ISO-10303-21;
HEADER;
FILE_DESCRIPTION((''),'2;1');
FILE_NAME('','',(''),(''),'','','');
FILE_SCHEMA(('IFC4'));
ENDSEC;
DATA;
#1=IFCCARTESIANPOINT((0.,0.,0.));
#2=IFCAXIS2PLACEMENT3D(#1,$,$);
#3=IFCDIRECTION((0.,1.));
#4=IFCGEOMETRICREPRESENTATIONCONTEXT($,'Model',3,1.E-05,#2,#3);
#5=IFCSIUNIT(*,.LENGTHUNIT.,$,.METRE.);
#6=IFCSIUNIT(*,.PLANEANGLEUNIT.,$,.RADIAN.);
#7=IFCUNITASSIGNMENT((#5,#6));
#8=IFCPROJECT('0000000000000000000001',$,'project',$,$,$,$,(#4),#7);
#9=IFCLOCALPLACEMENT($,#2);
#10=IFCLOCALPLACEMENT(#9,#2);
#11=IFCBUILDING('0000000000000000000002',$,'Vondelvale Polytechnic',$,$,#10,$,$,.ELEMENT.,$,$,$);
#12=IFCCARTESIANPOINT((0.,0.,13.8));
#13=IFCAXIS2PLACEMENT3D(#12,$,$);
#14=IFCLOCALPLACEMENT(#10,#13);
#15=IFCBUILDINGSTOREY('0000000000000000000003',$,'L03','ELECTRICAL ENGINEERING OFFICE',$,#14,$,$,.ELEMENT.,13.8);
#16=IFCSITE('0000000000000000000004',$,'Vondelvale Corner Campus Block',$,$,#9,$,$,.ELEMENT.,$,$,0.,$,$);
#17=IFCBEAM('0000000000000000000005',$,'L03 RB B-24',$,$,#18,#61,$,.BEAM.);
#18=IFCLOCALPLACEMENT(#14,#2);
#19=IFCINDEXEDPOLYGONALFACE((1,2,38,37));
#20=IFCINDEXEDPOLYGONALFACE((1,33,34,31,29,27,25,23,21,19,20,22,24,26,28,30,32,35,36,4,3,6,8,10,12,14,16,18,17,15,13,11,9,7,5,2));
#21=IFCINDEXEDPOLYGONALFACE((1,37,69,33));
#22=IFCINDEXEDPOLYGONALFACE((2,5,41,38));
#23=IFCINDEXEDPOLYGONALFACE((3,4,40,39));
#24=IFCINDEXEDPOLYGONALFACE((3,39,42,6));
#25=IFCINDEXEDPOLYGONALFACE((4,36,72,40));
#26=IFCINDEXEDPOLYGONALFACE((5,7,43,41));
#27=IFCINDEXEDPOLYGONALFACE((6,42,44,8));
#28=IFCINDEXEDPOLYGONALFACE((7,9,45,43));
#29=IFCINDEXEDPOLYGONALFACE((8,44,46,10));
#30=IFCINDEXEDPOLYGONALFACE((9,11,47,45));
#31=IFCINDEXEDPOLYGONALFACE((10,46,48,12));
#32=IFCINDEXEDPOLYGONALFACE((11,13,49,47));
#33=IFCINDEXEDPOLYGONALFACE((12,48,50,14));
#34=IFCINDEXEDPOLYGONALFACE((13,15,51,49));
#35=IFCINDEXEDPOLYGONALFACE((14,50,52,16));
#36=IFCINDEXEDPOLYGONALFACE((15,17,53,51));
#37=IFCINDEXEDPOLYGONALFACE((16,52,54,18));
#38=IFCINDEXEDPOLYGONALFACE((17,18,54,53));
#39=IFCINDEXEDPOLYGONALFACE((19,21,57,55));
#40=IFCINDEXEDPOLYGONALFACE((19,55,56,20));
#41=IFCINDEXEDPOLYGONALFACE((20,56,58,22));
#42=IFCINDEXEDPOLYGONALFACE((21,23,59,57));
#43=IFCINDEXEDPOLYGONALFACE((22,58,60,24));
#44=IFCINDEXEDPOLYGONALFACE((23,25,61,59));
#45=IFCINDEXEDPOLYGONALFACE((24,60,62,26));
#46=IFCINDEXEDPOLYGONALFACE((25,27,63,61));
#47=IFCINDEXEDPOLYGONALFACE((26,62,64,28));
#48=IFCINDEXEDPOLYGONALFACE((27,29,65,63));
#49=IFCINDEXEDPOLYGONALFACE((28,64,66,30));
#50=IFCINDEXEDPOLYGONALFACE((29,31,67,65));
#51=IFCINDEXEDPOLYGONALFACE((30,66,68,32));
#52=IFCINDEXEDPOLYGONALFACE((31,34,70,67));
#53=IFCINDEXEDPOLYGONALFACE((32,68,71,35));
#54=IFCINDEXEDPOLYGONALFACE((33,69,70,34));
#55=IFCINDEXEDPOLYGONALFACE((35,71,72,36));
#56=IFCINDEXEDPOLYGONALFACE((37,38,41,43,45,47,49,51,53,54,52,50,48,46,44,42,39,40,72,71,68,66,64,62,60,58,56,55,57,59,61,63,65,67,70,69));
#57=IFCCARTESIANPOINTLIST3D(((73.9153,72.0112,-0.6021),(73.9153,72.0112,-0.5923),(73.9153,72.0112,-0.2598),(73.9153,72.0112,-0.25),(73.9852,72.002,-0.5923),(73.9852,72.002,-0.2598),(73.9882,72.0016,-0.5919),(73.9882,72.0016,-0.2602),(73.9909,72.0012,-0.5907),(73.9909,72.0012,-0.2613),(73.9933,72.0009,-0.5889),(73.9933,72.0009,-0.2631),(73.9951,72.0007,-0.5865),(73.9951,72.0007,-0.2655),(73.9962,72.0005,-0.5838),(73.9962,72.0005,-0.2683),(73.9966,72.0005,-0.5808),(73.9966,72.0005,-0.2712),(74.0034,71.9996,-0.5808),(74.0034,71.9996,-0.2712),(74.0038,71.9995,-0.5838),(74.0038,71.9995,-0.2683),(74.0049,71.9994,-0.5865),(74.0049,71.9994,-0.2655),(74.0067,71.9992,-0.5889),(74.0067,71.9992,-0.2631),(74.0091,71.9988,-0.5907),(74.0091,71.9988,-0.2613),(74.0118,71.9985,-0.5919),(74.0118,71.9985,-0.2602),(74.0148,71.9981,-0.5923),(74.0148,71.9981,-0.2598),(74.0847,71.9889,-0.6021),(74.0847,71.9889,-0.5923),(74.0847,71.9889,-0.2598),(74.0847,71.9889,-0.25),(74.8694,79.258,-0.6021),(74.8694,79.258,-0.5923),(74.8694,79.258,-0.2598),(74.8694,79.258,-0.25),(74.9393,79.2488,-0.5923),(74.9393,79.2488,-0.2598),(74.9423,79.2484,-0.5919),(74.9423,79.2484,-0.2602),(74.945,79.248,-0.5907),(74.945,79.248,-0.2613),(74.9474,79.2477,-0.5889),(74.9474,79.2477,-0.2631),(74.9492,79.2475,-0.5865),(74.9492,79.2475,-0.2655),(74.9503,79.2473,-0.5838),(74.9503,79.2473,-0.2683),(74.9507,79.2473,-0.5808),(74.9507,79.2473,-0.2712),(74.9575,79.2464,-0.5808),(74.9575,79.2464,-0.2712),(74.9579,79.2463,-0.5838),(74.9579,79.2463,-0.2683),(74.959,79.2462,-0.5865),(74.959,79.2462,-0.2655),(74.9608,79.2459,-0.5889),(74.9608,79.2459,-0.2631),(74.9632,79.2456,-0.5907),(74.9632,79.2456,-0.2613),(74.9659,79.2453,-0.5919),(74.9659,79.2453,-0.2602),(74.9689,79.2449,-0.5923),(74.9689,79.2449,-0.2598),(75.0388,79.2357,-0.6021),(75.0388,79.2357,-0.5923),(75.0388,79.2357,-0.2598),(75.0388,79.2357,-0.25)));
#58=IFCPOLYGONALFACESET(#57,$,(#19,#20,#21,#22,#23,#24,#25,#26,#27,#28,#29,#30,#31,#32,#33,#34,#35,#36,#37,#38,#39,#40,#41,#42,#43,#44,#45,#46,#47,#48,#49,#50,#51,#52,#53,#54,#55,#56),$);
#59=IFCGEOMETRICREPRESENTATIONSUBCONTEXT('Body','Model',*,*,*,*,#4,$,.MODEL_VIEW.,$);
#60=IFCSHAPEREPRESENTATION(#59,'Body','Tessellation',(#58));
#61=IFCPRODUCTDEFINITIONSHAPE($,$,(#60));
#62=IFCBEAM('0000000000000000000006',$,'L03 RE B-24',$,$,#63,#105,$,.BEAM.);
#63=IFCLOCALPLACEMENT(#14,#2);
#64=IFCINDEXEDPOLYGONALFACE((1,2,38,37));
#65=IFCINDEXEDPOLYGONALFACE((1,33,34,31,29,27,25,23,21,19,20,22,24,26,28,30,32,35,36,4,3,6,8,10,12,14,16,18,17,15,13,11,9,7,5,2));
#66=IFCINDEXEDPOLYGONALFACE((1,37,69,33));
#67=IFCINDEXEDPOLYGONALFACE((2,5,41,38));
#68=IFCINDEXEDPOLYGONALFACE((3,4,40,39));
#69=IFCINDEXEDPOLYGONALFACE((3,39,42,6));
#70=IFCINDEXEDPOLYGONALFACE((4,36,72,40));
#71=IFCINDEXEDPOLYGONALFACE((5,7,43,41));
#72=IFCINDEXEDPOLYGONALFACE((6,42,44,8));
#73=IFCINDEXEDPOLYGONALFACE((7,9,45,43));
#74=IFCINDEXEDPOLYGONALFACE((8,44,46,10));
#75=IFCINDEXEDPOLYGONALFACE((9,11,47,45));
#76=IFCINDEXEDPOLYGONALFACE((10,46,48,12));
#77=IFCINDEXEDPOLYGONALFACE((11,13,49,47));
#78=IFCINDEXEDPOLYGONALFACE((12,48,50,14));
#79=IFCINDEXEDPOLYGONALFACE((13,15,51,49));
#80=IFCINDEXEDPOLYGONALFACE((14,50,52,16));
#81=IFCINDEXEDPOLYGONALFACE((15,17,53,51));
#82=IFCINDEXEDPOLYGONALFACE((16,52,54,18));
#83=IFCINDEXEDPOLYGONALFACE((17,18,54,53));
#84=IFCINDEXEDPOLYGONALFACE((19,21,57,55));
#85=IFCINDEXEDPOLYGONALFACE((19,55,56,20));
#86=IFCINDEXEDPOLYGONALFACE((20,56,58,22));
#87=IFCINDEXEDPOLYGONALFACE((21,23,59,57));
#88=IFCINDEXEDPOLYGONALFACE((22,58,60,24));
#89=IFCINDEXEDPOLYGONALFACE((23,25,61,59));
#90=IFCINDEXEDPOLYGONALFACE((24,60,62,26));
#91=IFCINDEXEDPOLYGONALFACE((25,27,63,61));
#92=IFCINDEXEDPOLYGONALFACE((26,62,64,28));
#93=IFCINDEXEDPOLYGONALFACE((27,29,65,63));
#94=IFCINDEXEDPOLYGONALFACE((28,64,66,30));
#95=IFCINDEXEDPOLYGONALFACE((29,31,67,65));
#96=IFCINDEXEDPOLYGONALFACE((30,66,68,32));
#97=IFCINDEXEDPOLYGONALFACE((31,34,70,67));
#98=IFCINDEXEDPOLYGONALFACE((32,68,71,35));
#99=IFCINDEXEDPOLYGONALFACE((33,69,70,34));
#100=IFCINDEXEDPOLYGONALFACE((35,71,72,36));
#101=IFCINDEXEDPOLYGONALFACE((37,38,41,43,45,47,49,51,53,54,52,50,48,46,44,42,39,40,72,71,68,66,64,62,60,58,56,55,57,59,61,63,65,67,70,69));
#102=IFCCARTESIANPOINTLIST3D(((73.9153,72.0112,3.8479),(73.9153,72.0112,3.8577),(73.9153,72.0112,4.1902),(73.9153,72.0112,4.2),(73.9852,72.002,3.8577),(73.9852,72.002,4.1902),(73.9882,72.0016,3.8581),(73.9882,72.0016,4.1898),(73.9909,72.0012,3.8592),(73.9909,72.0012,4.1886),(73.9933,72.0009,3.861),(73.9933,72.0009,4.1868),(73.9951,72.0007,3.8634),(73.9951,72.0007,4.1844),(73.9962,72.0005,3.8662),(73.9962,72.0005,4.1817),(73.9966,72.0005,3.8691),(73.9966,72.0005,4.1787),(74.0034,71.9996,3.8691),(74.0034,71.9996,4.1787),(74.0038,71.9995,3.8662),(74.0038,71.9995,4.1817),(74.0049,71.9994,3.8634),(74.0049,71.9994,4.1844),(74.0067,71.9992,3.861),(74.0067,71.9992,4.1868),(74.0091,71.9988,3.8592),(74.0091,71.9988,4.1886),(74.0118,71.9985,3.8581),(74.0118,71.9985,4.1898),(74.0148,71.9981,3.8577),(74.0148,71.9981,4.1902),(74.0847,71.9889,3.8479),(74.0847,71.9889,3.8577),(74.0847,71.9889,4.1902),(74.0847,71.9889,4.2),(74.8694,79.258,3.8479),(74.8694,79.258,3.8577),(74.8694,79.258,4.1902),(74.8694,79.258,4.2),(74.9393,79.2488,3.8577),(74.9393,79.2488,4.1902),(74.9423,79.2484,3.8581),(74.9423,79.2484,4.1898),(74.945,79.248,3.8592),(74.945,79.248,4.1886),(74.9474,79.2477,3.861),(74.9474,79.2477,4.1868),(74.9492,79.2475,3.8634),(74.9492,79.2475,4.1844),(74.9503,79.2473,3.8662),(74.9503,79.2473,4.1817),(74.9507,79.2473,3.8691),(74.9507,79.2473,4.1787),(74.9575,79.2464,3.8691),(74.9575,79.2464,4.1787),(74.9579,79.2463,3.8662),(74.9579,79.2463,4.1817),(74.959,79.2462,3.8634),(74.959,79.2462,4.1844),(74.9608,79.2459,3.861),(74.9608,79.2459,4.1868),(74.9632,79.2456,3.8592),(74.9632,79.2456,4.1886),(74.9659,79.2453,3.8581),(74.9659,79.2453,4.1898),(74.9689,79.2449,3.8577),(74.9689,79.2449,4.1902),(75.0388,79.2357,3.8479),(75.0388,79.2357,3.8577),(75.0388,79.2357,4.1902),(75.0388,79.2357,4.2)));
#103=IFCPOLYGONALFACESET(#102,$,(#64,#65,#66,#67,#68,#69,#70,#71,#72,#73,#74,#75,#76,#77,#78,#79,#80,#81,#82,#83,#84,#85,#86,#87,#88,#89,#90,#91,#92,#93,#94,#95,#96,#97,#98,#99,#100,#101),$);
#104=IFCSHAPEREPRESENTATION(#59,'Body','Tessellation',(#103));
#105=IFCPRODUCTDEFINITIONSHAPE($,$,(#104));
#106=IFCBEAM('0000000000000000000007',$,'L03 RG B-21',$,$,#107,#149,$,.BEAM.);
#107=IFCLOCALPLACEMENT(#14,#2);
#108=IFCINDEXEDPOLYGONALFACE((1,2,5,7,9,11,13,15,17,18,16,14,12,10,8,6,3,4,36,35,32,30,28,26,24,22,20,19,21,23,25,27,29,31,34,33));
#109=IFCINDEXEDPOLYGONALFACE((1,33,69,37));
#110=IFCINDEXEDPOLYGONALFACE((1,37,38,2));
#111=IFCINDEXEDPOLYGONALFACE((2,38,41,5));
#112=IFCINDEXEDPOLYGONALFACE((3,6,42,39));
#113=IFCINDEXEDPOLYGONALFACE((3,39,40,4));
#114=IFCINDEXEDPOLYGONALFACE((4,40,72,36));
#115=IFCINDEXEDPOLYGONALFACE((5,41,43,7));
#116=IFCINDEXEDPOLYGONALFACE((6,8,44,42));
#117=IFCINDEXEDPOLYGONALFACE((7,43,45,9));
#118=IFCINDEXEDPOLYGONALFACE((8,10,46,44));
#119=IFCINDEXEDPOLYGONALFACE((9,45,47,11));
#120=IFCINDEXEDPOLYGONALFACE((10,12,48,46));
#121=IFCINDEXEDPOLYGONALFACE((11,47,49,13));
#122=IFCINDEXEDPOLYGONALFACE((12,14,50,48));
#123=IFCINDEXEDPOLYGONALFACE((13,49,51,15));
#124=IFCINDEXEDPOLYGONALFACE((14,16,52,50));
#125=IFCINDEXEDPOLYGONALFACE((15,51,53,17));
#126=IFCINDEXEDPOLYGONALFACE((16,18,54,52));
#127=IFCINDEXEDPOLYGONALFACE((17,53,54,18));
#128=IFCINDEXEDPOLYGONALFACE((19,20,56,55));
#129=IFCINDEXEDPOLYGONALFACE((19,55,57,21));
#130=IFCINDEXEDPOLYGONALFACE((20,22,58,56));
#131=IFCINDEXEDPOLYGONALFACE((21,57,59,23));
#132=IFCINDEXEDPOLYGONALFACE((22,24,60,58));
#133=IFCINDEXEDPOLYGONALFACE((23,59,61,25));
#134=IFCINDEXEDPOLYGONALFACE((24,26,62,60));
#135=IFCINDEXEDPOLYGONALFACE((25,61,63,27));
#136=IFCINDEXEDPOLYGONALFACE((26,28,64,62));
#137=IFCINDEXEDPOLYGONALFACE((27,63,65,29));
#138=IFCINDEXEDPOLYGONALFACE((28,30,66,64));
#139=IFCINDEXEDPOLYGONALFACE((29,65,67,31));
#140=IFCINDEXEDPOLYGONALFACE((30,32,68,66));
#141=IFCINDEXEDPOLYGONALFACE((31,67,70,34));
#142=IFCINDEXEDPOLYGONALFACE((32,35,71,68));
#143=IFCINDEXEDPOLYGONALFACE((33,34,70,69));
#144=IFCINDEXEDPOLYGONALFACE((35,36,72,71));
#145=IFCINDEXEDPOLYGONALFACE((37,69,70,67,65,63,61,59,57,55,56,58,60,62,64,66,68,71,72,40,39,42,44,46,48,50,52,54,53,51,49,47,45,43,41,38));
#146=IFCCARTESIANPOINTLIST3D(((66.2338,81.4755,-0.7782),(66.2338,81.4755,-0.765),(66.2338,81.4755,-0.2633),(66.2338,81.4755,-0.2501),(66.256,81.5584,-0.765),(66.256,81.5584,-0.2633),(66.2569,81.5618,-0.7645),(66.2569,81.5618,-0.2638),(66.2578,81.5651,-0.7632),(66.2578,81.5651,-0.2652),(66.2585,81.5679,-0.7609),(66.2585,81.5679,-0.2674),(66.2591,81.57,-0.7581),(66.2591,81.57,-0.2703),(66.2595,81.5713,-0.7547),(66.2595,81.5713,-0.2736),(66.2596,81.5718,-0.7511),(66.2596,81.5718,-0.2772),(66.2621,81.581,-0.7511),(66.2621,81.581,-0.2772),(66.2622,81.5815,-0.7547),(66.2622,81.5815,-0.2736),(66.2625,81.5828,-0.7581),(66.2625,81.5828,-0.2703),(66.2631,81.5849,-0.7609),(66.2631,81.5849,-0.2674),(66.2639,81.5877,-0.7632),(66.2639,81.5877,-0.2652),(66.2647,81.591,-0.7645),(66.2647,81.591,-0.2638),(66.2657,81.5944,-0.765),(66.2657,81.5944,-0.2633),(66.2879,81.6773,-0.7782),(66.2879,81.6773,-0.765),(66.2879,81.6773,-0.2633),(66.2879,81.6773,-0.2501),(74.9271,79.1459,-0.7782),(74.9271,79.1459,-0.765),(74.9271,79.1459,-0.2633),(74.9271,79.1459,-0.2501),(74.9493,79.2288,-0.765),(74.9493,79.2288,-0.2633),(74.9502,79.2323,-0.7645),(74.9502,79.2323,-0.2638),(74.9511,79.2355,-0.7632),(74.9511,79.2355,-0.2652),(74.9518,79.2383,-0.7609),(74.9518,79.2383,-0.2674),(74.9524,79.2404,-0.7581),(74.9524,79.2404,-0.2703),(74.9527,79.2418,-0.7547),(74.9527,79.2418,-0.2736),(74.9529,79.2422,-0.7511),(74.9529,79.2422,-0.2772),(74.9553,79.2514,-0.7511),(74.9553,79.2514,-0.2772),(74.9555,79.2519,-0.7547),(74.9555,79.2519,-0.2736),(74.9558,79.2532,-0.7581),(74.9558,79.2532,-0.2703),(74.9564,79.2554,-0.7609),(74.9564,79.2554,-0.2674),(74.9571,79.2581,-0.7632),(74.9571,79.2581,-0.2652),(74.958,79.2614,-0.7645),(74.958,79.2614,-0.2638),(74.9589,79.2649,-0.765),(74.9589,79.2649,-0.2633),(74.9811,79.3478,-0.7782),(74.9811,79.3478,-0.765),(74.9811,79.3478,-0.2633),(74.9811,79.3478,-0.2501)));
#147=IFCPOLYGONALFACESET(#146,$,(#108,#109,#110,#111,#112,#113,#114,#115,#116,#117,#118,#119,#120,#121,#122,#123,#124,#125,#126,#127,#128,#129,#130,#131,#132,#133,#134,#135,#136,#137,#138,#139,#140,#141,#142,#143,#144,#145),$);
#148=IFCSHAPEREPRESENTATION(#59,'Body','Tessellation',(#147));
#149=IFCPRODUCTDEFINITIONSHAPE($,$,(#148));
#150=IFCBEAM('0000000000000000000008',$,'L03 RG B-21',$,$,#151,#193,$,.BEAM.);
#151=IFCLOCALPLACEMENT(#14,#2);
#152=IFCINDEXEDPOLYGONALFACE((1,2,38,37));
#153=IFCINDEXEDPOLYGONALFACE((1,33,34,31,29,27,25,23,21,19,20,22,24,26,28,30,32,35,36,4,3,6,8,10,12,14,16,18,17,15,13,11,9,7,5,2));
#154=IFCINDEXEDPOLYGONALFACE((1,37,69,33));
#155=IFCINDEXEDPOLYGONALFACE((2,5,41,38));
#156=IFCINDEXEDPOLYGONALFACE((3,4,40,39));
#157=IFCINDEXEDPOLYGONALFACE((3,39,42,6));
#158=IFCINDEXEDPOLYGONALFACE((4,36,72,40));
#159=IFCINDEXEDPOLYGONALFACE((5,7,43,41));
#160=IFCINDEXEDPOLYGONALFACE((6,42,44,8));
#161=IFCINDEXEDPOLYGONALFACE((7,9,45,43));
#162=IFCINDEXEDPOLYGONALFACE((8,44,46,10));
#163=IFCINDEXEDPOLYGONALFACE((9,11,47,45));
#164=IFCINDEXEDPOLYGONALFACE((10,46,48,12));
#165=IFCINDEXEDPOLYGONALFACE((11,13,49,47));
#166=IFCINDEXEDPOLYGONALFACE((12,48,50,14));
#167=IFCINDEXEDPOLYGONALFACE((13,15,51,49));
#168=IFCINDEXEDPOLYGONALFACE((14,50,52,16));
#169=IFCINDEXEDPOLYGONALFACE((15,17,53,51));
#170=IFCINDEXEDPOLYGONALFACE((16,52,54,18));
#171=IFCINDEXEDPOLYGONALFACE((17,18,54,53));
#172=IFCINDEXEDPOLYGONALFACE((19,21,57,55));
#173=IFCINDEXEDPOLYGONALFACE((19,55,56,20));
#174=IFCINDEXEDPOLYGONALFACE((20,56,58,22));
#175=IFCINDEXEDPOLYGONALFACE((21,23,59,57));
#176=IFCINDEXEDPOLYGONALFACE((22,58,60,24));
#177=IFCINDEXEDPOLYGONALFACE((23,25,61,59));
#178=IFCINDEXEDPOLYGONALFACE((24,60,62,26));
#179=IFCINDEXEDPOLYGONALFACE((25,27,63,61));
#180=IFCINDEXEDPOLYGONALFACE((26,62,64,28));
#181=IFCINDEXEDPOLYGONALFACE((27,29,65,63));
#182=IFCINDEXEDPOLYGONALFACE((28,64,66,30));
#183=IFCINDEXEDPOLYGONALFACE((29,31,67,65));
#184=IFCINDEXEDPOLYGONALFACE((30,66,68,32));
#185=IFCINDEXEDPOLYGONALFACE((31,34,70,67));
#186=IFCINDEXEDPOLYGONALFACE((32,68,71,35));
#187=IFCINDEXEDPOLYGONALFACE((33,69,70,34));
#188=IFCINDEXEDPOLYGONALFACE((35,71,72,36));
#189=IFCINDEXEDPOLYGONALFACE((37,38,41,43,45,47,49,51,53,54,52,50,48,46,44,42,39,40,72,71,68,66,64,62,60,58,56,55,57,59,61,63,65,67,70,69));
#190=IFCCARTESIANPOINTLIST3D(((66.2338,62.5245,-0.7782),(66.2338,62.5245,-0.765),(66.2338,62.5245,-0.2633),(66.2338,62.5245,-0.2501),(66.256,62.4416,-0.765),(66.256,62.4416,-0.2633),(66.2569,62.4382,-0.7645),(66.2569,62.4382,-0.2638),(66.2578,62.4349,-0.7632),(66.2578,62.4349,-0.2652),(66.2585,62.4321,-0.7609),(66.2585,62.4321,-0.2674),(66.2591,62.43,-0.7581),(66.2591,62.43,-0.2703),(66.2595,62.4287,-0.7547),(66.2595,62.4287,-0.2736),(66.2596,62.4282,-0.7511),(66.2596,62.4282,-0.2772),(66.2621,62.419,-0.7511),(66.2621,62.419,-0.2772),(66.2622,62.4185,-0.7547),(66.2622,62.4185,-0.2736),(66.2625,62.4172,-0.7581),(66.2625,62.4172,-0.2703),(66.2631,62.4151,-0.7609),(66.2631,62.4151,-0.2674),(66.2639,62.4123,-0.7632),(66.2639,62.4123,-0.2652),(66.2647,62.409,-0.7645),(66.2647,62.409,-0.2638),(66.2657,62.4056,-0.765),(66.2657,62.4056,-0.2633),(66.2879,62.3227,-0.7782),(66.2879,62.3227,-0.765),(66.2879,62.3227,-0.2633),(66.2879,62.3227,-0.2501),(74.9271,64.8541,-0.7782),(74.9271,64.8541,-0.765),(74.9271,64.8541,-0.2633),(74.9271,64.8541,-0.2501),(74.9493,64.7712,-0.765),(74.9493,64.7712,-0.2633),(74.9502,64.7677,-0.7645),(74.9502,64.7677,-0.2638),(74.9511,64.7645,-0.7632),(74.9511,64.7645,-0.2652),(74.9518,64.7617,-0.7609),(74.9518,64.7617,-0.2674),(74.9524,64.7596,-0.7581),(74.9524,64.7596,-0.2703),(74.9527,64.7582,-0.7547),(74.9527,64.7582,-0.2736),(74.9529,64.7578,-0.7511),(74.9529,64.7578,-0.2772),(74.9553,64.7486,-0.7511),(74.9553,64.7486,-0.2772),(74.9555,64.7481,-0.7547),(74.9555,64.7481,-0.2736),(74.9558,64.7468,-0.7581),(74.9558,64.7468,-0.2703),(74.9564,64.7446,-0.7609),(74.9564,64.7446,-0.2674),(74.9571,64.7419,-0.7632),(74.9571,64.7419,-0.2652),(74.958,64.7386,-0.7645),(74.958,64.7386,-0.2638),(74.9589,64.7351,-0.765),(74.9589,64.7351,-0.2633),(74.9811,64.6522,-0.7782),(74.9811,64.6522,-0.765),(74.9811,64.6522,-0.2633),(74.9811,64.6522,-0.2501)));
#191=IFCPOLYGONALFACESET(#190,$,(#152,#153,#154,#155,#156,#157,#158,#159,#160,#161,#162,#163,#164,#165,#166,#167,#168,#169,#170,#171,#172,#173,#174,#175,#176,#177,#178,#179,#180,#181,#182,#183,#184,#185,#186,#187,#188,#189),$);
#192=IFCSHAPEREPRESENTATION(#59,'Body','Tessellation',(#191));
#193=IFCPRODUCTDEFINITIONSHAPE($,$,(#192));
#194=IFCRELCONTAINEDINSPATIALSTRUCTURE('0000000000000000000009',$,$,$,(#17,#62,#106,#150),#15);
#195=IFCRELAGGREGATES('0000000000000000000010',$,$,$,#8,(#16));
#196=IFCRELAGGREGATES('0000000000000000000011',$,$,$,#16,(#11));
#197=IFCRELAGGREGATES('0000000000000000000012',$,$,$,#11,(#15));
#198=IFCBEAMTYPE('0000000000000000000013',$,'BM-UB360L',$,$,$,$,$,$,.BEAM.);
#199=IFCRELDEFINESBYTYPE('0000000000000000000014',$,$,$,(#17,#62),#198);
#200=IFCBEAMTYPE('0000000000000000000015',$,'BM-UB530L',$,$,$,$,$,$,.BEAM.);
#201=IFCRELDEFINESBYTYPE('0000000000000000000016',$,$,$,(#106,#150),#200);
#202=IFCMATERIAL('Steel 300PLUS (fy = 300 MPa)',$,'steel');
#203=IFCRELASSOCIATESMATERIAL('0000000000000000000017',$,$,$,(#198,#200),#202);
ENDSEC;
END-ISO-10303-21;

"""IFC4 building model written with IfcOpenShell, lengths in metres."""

from ifc_helpers import new_model, si_unit, direction, frame, origin, origin_2d, place, context, subcontext, project, spatial, i_section, extrude, material, material_profile, profile_set, type_object, element, save


model = new_model("IFC4")

# Units and contexts
model_context = context("Model", 3, precision=1e-05, world=origin(), true_north=direction((0.0, 1.0)))
body_context = subcontext(model_context, "Body", "Model", "MODEL_VIEW")
ifc_project = project(units=[si_unit("LENGTHUNIT", "METRE"), si_unit("PLANEANGLEUNIT", "RADIAN")], contexts=[model_context])

# Site, building, storey
site_placement = place(None, origin())
site = spatial("IfcSite", under=ifc_project, at=site_placement, Name="Vondelvale Corner Campus Block", CompositionType="ELEMENT", RefElevation=0.0)
building_placement = place(site_placement, origin())
building = spatial("IfcBuilding", under=site, at=building_placement, Name="Vondelvale Polytechnic", CompositionType="ELEMENT")
storey_placement = place(building_placement, frame((0.0, 0.0, 13.8)))
storey = spatial("IfcBuildingStorey", under=building, at=storey_placement, Name="L03", Description="ELECTRICAL ENGINEERING OFFICE", CompositionType="ELEMENT", Elevation=13.8)

# Beams
ifc_material_1 = material(Name="Steel 300PLUS (fy = 300 MPa)", Category="steel")
ifc_material_profile_1 = material_profile(ifc_material_1, i_section(OverallWidth=0.1709, OverallDepth=0.3521, WebThickness=0.0068, FlangeThickness=0.0098, FilletRadius=0.0115, at=origin_2d()), Name="360UB44.7")
ifc_profile_set_1 = profile_set([ifc_material_profile_1], Name="Steel 300PLUS (fy = 300 MPa)")
beam_type_1 = type_object("IfcBeamType", Name="BM-UB360L", PredefinedType="BEAM", material=ifc_profile_set_1)
for number, where, z_axis, x_axis, name in (
    (1, (74.9541, 79.2468, -0.426), (-0.130531, -0.991444, 0.0), (0.991444, -0.130531, 0.0), "L03 RB B-24"),
    (2, (74.9541, 79.2468, 4.0239), (-0.130531, -0.991444, 0.0), (0.991444, -0.130531, 0.0), "L03 RE B-24"),
):
    element("IfcBeam", number, at=place(storey_placement, frame(where, z_axis=z_axis, x_axis=x_axis)), inside=storey, type_object=beam_type_1, Name=name, PredefinedType="BEAM", context=body_context, shape_type="SweptSolid", body=[
        extrude(i_section(OverallWidth=0.1709, OverallDepth=0.3521, WebThickness=0.0068, FlangeThickness=0.0098, FilletRadius=0.0115, at=origin_2d()), origin(), (0.0, 0.0, 1.0), 7.3093),
    ])
ifc_material_profile_2 = material_profile(ifc_material_1, i_section(OverallWidth=0.209, OverallDepth=0.5281, WebThickness=0.0095, FlangeThickness=0.0132, FilletRadius=0.0139, at=origin_2d()), Name="530UB82.0")
ifc_profile_set_2 = profile_set([ifc_material_profile_2], Name="Steel 300PLUS (fy = 300 MPa)")
beam_type_2 = type_object("IfcBeamType", Name="BM-UB530L", PredefinedType="BEAM", material=ifc_profile_set_2)
for number, where, z_axis, x_axis, name in (
    (3, (74.9541, 79.2468, -0.5142), (-0.96592, 0.258841, 0.0), (-0.258841, -0.96592, 0.0), "L03 RG B-21"),
    (4, (74.9541, 64.7532, -0.5142), (-0.96592, -0.258841, 0.0), (0.258841, -0.96592, 0.0), "L03 RG B-21"),
):
    element("IfcBeam", number, at=place(storey_placement, frame(where, z_axis=z_axis, x_axis=x_axis)), inside=storey, type_object=beam_type_2, Name=name, PredefinedType="BEAM", context=body_context, shape_type="SweptSolid", body=[
        extrude(i_section(OverallWidth=0.209, OverallDepth=0.5281, WebThickness=0.0095, FlangeThickness=0.0132, FilletRadius=0.0139, at=origin_2d()), origin(), (0.0, 0.0, 1.0), 9.0),
    ])

save(model, "model.ifc")
